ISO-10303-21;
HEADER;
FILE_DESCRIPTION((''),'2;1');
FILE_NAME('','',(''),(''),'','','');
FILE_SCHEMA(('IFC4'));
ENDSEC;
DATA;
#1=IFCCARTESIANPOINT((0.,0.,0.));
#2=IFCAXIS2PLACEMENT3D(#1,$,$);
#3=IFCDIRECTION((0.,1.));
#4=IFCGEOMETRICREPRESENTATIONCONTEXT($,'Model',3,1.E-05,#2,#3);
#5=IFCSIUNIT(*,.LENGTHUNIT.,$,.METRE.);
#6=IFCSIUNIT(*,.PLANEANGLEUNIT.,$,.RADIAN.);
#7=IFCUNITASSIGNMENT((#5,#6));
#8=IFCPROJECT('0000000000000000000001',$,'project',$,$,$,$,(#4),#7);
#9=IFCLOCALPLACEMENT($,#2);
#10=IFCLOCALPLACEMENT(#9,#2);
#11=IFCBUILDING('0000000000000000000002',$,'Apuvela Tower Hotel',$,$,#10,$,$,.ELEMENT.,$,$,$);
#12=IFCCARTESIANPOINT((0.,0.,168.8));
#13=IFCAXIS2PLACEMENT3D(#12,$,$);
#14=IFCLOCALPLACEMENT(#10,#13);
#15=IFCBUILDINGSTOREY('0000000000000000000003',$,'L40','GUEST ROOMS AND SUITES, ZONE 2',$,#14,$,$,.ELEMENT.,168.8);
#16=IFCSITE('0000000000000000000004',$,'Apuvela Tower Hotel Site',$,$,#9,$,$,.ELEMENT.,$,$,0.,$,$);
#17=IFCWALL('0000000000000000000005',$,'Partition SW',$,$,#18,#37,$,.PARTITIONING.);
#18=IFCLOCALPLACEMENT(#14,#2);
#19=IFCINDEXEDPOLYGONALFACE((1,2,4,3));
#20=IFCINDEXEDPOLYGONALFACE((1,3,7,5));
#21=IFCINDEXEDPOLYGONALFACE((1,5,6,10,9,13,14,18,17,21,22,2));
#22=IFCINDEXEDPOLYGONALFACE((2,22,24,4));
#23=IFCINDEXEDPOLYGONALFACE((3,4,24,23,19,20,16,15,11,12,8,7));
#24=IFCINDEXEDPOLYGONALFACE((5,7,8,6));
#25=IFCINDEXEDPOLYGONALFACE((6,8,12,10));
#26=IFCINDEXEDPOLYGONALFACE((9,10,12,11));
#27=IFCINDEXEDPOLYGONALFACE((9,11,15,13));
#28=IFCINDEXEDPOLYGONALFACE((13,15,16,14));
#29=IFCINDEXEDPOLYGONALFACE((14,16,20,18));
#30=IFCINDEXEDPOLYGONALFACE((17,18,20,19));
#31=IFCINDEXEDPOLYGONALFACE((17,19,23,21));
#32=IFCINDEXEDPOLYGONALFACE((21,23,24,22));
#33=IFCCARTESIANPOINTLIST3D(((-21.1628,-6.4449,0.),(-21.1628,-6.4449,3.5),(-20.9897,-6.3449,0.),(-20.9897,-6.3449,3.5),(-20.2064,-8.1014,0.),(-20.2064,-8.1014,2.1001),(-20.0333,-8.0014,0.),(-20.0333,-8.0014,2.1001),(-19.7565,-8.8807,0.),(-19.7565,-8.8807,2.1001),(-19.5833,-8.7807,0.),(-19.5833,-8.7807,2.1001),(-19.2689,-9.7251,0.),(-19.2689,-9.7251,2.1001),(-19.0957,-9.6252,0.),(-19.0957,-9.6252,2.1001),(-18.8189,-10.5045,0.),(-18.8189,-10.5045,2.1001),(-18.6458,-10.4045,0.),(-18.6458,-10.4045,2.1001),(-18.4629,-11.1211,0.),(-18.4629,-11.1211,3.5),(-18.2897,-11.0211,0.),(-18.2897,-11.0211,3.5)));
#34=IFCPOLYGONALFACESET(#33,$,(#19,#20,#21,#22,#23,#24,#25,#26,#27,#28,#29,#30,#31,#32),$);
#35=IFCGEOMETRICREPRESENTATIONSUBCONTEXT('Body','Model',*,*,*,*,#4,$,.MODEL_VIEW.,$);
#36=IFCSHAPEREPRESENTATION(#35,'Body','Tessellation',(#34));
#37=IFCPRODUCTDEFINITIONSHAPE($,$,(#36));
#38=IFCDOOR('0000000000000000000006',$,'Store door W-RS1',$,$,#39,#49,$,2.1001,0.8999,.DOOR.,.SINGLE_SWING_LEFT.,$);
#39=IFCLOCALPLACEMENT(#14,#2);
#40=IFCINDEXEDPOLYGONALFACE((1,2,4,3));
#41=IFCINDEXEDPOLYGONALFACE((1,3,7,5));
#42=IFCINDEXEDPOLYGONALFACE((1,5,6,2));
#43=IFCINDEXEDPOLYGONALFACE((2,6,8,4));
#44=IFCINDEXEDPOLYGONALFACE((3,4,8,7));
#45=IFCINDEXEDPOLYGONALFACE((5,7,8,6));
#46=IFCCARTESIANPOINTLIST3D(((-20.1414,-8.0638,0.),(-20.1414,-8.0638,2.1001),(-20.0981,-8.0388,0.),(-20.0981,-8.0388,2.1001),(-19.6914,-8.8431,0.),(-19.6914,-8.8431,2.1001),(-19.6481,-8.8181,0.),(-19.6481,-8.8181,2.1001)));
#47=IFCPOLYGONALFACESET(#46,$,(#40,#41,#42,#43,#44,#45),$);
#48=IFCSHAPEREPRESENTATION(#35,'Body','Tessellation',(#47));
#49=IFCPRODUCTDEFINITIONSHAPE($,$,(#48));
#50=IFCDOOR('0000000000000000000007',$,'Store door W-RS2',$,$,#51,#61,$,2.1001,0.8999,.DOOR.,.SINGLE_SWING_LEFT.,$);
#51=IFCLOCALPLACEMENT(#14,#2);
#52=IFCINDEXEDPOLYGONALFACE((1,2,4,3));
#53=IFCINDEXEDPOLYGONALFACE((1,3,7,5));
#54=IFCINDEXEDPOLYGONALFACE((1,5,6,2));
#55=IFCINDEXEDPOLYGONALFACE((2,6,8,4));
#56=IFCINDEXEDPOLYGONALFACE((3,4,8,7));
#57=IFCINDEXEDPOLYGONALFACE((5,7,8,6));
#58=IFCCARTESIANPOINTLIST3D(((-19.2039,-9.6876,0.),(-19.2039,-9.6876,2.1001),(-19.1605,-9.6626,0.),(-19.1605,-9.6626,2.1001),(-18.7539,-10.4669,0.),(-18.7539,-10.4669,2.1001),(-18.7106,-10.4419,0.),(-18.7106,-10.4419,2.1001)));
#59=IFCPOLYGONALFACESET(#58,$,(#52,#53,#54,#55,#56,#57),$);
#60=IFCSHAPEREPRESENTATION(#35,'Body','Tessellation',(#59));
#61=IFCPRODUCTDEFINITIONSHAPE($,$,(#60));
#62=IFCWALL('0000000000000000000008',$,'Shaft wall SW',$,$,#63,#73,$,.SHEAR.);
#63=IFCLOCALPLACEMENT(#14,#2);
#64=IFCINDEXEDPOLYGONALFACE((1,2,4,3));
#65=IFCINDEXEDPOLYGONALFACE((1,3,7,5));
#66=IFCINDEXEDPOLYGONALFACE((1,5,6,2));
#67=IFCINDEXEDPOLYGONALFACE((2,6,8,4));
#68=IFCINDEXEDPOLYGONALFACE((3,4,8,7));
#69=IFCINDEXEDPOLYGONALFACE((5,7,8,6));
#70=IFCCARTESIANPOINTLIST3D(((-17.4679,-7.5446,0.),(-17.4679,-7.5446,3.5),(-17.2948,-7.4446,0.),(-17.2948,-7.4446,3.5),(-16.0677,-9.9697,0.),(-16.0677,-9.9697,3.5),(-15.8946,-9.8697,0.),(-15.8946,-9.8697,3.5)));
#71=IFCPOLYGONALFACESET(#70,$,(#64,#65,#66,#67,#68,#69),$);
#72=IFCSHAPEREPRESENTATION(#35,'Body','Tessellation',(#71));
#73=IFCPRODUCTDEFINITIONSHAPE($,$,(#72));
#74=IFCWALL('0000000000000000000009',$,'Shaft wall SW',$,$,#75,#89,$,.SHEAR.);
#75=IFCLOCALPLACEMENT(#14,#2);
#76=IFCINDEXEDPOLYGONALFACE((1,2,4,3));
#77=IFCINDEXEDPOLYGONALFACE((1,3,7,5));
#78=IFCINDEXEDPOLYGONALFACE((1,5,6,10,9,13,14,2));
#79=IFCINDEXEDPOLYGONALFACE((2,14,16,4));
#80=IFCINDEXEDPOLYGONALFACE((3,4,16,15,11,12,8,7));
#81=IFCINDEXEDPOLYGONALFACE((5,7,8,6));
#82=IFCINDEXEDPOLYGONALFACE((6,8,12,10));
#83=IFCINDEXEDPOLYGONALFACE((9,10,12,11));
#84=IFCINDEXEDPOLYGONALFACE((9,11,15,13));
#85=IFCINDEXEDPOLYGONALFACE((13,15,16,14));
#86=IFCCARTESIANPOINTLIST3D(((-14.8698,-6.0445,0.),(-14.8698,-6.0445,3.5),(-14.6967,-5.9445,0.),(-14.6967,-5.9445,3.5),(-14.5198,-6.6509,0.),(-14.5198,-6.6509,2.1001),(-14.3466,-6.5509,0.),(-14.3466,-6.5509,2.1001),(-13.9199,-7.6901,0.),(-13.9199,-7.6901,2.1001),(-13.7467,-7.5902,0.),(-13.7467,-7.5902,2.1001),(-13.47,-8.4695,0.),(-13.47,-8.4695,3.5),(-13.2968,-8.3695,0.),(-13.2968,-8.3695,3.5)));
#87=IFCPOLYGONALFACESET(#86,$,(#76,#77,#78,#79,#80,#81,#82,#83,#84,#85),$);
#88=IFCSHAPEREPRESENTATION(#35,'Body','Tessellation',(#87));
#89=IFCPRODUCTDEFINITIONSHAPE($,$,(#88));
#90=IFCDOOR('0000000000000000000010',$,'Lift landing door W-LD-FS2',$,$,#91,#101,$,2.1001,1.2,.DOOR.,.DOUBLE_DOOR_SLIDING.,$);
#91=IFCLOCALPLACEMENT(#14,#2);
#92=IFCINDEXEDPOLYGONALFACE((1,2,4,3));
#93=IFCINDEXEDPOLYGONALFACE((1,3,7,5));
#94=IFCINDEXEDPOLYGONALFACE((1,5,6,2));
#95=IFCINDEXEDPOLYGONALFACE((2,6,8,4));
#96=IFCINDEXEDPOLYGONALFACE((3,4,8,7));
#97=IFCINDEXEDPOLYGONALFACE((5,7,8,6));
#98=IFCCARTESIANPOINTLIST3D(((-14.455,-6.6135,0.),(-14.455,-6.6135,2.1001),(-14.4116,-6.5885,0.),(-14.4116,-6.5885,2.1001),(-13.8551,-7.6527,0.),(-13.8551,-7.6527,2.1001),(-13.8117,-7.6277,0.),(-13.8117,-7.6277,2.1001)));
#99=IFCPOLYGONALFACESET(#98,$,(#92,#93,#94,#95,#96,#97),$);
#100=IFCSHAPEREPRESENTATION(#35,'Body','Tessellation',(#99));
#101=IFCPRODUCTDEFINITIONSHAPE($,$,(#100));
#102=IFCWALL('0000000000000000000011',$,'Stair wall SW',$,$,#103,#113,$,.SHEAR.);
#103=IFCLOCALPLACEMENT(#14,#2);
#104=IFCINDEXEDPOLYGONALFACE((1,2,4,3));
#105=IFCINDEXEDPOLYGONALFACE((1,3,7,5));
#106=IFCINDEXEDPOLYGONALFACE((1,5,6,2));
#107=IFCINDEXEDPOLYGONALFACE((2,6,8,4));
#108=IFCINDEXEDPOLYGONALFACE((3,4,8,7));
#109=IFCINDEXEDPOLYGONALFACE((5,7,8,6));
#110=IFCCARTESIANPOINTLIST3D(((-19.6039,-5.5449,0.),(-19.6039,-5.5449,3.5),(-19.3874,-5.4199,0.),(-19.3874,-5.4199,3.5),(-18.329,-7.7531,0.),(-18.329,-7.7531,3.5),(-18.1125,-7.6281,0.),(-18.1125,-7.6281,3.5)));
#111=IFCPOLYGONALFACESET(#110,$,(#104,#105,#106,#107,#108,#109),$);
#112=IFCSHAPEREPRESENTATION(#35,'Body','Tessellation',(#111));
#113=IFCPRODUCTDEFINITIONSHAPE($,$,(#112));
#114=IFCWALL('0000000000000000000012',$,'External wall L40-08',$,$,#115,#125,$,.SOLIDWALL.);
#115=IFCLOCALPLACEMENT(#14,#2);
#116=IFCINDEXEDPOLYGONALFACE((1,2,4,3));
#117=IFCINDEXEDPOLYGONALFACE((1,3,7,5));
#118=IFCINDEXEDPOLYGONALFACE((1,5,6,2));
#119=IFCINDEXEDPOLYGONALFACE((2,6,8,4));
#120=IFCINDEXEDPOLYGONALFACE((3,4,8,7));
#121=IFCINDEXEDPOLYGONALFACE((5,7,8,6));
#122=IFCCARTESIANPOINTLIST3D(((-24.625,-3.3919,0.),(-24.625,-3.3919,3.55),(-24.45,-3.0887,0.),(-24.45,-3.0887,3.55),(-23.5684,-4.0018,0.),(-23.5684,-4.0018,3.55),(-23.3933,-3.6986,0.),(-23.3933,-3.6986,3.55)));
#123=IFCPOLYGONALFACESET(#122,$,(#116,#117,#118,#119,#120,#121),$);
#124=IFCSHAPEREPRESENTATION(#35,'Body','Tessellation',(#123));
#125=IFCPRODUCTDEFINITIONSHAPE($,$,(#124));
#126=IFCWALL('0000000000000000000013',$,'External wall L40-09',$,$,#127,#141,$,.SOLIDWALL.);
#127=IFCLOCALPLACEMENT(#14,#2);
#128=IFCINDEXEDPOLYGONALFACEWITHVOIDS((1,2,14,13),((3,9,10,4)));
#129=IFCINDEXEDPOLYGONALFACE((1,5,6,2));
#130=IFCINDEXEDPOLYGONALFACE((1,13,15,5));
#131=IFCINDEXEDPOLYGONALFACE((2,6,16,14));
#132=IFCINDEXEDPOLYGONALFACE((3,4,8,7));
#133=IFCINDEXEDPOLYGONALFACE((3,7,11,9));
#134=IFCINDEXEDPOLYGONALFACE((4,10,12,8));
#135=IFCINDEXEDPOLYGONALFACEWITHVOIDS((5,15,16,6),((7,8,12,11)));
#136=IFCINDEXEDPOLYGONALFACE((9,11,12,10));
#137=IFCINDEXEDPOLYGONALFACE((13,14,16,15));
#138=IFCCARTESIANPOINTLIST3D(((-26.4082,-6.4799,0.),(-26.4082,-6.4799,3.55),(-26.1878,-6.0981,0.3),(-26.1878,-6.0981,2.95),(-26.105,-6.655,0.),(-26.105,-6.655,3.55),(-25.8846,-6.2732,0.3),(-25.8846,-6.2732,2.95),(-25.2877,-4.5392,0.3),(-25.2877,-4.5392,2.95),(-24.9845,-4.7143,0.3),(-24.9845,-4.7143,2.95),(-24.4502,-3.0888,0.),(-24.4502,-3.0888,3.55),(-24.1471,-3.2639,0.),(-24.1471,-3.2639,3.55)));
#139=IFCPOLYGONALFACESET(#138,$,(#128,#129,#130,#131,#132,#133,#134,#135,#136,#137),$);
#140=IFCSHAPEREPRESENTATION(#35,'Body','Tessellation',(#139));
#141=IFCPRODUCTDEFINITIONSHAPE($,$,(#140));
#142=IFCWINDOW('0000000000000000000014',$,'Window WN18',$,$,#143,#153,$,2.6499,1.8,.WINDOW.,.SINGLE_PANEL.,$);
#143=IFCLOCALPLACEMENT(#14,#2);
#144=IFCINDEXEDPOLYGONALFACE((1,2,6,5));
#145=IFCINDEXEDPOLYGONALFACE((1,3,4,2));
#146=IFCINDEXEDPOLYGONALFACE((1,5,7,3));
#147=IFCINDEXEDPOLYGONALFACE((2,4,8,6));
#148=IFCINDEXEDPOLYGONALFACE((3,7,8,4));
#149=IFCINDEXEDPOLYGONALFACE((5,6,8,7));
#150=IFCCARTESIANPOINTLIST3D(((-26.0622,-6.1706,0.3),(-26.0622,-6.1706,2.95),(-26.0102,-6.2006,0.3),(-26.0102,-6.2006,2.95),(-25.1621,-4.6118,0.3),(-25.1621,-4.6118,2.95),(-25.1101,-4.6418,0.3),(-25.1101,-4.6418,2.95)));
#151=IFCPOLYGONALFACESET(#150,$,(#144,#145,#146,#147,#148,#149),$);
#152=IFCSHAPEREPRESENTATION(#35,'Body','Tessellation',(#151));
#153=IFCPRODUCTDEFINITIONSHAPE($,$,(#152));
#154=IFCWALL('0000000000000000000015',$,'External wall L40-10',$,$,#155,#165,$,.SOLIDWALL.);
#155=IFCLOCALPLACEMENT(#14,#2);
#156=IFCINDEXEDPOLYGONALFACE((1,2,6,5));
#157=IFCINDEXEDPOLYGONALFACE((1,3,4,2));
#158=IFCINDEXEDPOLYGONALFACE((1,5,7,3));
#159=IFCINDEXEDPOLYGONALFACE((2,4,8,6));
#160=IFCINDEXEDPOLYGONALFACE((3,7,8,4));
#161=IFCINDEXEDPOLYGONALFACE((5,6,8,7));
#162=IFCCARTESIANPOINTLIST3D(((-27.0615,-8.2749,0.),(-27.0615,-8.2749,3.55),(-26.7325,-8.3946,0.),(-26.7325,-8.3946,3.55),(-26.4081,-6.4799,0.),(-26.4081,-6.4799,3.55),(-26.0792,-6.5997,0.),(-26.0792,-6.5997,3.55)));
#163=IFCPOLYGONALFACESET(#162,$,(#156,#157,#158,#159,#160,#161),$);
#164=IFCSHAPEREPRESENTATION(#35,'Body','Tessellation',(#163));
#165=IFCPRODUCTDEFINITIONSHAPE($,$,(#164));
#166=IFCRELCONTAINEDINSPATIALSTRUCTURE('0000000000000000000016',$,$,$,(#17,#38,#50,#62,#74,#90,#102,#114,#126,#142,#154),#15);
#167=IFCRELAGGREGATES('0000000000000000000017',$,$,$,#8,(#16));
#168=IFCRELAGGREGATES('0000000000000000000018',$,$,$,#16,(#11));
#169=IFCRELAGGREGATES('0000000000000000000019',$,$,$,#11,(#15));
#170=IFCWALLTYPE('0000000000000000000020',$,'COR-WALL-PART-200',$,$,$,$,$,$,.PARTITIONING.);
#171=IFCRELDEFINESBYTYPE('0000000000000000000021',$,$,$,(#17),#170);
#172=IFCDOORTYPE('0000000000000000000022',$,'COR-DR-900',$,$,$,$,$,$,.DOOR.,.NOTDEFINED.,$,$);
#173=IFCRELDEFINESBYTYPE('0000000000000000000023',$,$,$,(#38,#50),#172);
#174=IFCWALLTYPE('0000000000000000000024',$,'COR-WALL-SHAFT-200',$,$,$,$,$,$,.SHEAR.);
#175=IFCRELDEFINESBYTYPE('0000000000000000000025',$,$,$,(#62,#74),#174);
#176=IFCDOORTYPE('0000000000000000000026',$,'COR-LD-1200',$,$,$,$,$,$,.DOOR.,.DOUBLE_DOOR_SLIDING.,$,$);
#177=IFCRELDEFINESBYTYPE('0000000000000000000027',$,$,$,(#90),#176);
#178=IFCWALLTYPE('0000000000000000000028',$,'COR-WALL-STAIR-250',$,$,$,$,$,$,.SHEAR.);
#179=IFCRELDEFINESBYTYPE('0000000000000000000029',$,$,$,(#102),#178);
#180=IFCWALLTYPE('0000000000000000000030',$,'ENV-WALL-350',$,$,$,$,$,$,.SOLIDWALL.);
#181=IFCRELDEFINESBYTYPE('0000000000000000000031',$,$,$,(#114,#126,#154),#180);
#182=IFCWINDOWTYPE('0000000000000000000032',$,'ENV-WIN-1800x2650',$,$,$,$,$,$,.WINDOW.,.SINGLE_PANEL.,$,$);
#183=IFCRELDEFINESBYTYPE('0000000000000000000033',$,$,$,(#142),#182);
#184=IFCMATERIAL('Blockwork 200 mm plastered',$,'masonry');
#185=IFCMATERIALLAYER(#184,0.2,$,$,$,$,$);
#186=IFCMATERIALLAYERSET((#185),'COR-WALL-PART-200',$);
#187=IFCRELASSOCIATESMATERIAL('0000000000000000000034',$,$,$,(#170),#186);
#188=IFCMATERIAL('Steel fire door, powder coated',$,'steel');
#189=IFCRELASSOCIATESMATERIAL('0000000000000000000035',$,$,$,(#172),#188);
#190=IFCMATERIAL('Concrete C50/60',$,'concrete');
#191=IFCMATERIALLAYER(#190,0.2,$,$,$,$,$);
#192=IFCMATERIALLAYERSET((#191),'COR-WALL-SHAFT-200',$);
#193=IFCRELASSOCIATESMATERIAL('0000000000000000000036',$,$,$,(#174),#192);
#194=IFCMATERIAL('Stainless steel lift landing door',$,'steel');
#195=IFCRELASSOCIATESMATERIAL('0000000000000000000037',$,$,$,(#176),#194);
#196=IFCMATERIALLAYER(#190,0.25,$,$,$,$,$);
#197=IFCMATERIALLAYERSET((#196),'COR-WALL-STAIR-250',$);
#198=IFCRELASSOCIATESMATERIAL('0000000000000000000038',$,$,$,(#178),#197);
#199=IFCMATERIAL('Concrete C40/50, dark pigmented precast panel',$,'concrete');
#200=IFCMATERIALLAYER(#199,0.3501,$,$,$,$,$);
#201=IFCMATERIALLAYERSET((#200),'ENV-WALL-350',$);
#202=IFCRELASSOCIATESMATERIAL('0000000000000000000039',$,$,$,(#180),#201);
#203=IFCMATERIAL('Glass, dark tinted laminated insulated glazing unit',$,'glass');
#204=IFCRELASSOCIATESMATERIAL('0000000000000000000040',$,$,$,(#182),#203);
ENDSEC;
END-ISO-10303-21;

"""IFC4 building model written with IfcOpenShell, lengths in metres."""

from ifc_helpers import new_model, si_unit, direction, frame, frame_2d, origin, place, context, subcontext, project, spatial, rectangle, extrude, material, layer, layer_set, type_object, element, fill, save


model = new_model("IFC4")

# Units and contexts
model_context = context("Model", 3, precision=1e-05, world=origin(), true_north=direction((0.0, 1.0)))
body_context = subcontext(model_context, "Body", "Model", "MODEL_VIEW")
ifc_project = project(units=[si_unit("LENGTHUNIT", "METRE"), si_unit("PLANEANGLEUNIT", "RADIAN")], contexts=[model_context])

# Site, building, storey
site_placement = place(None, origin())
site = spatial("IfcSite", under=ifc_project, at=site_placement, Name="Apuvela Tower Hotel Site", CompositionType="ELEMENT", RefElevation=0.0)
building_placement = place(site_placement, origin())
building = spatial("IfcBuilding", under=site, at=building_placement, Name="Apuvela Tower Hotel", CompositionType="ELEMENT")
storey_placement = place(building_placement, frame((0.0, 0.0, 168.8)))
storey = spatial("IfcBuildingStorey", under=building, at=storey_placement, Name="L40", Description="GUEST ROOMS AND SUITES, ZONE 2", CompositionType="ELEMENT", Elevation=168.8)

# Wall, openings, doors
ifc_material_1 = material(Name="Blockwork 200 mm plastered", Category="masonry")
ifc_layer_1 = layer(ifc_material_1, 0.2)
ifc_layer_set_1 = layer_set([ifc_layer_1], Name="COR-WALL-PART-200")
wall_type_1 = type_object("IfcWallType", Name="COR-WALL-PART-200", PredefinedType="PARTITIONING", material=ifc_layer_set_1)
wall_1_placement = place(storey_placement, frame((-21.0762, -6.395, 0.0), z_axis=(0.0, 0.0, 1.0), x_axis=(0.500015, -0.866017, 0.0)))
wall_1 = element("IfcWall", 1, at=wall_1_placement, inside=storey, type_object=wall_type_1, Name="Partition SW", PredefinedType="PARTITIONING", context=body_context, shape_type="SweptSolid", body=[
    extrude(rectangle(XDim=5.3997, YDim=0.2, at=frame_2d((2.6997, 0.0))), origin(), (0.0, 0.0, 1.0), 3.5),
])
opening_1_placement = place(wall_1_placement, frame((1.9126, 0.0, 0.0)))
opening_1 = element("IfcOpeningElement", 2, at=opening_1_placement, cuts=wall_1, PredefinedType="OPENING", context=body_context, shape_type="SweptSolid", body=[
    extrude(rectangle(XDim=0.8999, YDim=2.1001, at=frame_2d((0.45, 1.05))), frame((0.0, 0.1099, 0.0), z_axis=(0.0, -1.0, 0.0), x_axis=(1.0, 0.0, 0.0)), (0.0, 0.0, 1.0), 0.22),
])
opening_2_placement = place(wall_1_placement, frame((3.7876, 0.0, 0.0)))
opening_2 = element("IfcOpeningElement", 3, at=opening_2_placement, cuts=wall_1, PredefinedType="OPENING", context=body_context, shape_type="SweptSolid", body=[
    extrude(rectangle(XDim=0.8999, YDim=2.1001, at=frame_2d((0.45, 1.05))), frame((0.0, 0.1099, 0.0), z_axis=(0.0, -1.0, 0.0), x_axis=(1.0, 0.0, 0.0)), (0.0, 0.0, 1.0), 0.22),
])
ifc_material_2 = material(Name="Steel fire door, powder coated", Category="steel")
door_type_1 = type_object("IfcDoorType", Name="COR-DR-900", OperationType="NOTDEFINED", PredefinedType="DOOR", material=ifc_material_2)
door_1_placement = place(opening_1_placement, frame((0.8999, 0.0, 0.0), z_axis=(0.0, 0.0, 1.0), x_axis=(-1.0, 0.0, 0.0)))
door_1 = element("IfcDoor", 4, at=door_1_placement, inside=storey, type_object=door_type_1, Name="Store door W-RS1", OperationType="SINGLE_SWING_LEFT", OverallHeight=2.1001, OverallWidth=0.8999, PredefinedType="DOOR", context=body_context, shape_type="SweptSolid", body=[
    extrude(rectangle(XDim=0.8999, YDim=2.1001, at=frame_2d((0.45, 1.05))), frame((0.0, 0.0249, 0.0), z_axis=(0.0, -1.0, 0.0), x_axis=(1.0, 0.0, 0.0)), (0.0, 0.0, 1.0), 0.05),
])
fill(opening_1, door_1)
door_2_placement = place(opening_2_placement, frame((0.8999, 0.0, 0.0), z_axis=(0.0, 0.0, 1.0), x_axis=(-1.0, 0.0, 0.0)))
door_2 = element("IfcDoor", 5, at=door_2_placement, inside=storey, type_object=door_type_1, Name="Store door W-RS2", OperationType="SINGLE_SWING_LEFT", OverallHeight=2.1001, OverallWidth=0.8999, PredefinedType="DOOR", context=body_context, shape_type="SweptSolid", body=[
    extrude(rectangle(XDim=0.8999, YDim=2.1001, at=frame_2d((0.45, 1.05))), frame((0.0, 0.0249, 0.0), z_axis=(0.0, -1.0, 0.0), x_axis=(1.0, 0.0, 0.0)), (0.0, 0.0, 1.0), 0.05),
])
fill(opening_2, door_2)

# Wall
ifc_material_3 = material(Name="Concrete C50/60", Category="concrete")
ifc_layer_2 = layer(ifc_material_3, 0.2)
ifc_layer_set_2 = layer_set([ifc_layer_2], Name="COR-WALL-SHAFT-200")
wall_type_2 = type_object("IfcWallType", Name="COR-WALL-SHAFT-200", PredefinedType="SHEAR", material=ifc_layer_set_2)
wall_2_placement = place(storey_placement, frame((-17.3813, -7.4946, 0.0), z_axis=(0.0, 0.0, 1.0), x_axis=(0.500012, -0.866019, 0.0)))
element("IfcWall", 6, at=wall_2_placement, inside=storey, type_object=wall_type_2, Name="Shaft wall SW", PredefinedType="SHEAR", context=body_context, shape_type="SweptSolid", body=[
    extrude(rectangle(XDim=2.8003, YDim=0.2, at=frame_2d((1.4001, 0.0))), origin(), (0.0, 0.0, 1.0), 3.5),
])

# Wall, opening, door
wall_3_placement = place(storey_placement, frame((-14.7832, -5.9946, 0.0), z_axis=(0.0, 0.0, 1.0), x_axis=(0.499946, -0.866056, 0.0)))
wall_3 = element("IfcWall", 7, at=wall_3_placement, inside=storey, type_object=wall_type_2, Name="Shaft wall SW", PredefinedType="SHEAR", context=body_context, shape_type="SweptSolid", body=[
    extrude(rectangle(XDim=2.8, YDim=0.2, at=frame_2d((1.3999, 0.0))), origin(), (0.0, 0.0, 1.0), 3.5),
])
opening_3_placement = place(wall_3_placement, frame((0.7, 0.0, 0.0)))
opening_3 = element("IfcOpeningElement", 8, at=opening_3_placement, cuts=wall_3, PredefinedType="OPENING", context=body_context, shape_type="SweptSolid", body=[
    extrude(rectangle(XDim=1.2, YDim=2.1001, at=frame_2d((0.6001, 1.05))), frame((0.0, 0.1099, 0.0), z_axis=(0.0, -1.0, 0.0), x_axis=(1.0, 0.0, 0.0)), (0.0, 0.0, 1.0), 0.22),
])
ifc_material_4 = material(Name="Stainless steel lift landing door", Category="steel")
door_type_2 = type_object("IfcDoorType", Name="COR-LD-1200", OperationType="DOUBLE_DOOR_SLIDING", PredefinedType="DOOR", material=ifc_material_4)
door_3_placement = place(opening_3_placement, origin())
door_3 = element("IfcDoor", 9, at=door_3_placement, inside=storey, type_object=door_type_2, Name="Lift landing door W-LD-FS2", OperationType="DOUBLE_DOOR_SLIDING", OverallHeight=2.1001, OverallWidth=1.2, PredefinedType="DOOR", context=body_context, shape_type="SweptSolid", body=[
    extrude(rectangle(XDim=1.2, YDim=2.1001, at=frame_2d((0.6001, 1.05))), frame((0.0, 0.0249, 0.0), z_axis=(0.0, -1.0, 0.0), x_axis=(1.0, 0.0, 0.0)), (0.0, 0.0, 1.0), 0.05),
])
fill(opening_3, door_3)

# Walls
ifc_layer_3 = layer(ifc_material_3, 0.25)
ifc_layer_set_3 = layer_set([ifc_layer_3], Name="COR-WALL-STAIR-250")
wall_type_3 = type_object("IfcWallType", Name="COR-WALL-STAIR-250", PredefinedType="SHEAR", material=ifc_layer_set_3)
wall_4_placement = place(storey_placement, frame((-19.4956, -5.4824, 0.0), z_axis=(0.0, 0.0, 1.0), x_axis=(0.49999, -0.866031, 0.0)))
element("IfcWall", 10, at=wall_4_placement, inside=storey, type_object=wall_type_3, Name="Stair wall SW", PredefinedType="SHEAR", context=body_context, shape_type="SweptSolid", body=[
    extrude(rectangle(XDim=2.5498, YDim=0.25, at=frame_2d((1.2749, 0.0))), origin(), (0.0, 0.0, 1.0), 3.5),
])
ifc_material_5 = material(Name="Concrete C40/50, dark pigmented precast panel", Category="concrete")
ifc_layer_4 = layer(ifc_material_5, 0.3501)
ifc_layer_set_4 = layer_set([ifc_layer_4], Name="ENV-WALL-350")
wall_type_4 = type_object("IfcWallType", Name="ENV-WALL-350", PredefinedType="SOLIDWALL", material=ifc_layer_set_4)
wall_5_placement = place(storey_placement, frame((-23.481, -3.8501, 0.0), z_axis=(0.0, 0.0, 1.0), x_axis=(-0.866092, 0.499884, 0.0)))
element("IfcWall", 11, at=wall_5_placement, inside=storey, type_object=wall_type_4, Name="External wall L40-08", PredefinedType="SOLIDWALL", context=body_context, shape_type="SweptSolid", body=[
    extrude(rectangle(XDim=1.22, YDim=0.3501, at=frame_2d((0.6099, 0.0))), origin(), (0.0, 0.0, 1.0), 3.55),
])

# Wall, opening, window
wall_6_placement = place(storey_placement, frame((-24.2986, -3.1763, 0.0), z_axis=(0.0, 0.0, 1.0), x_axis=(-0.500028, -0.866009, 0.0)))
wall_6 = element("IfcWall", 12, at=wall_6_placement, inside=storey, type_object=wall_type_4, Name="External wall L40-09", PredefinedType="SOLIDWALL", context=body_context, shape_type="SweptSolid", body=[
    extrude(rectangle(XDim=3.9158, YDim=0.3501, at=frame_2d((1.958, 0.0))), origin(), (0.0, 0.0, 1.0), 3.55),
])
opening_4_placement = place(wall_6_placement, frame((1.675, 0.0, 0.3)))
opening_4 = element("IfcOpeningElement", 13, at=opening_4_placement, cuts=wall_6, PredefinedType="OPENING", context=body_context, shape_type="SweptSolid", body=[
    extrude(rectangle(XDim=1.8, YDim=2.6499, at=frame_2d((0.8999, 1.325))), frame((0.0, 0.1851, 0.0), z_axis=(0.0, -1.0, 0.0), x_axis=(1.0, 0.0, 0.0)), (0.0, 0.0, 1.0), 0.3701),
])
ifc_material_6 = material(Name="Glass, dark tinted laminated insulated glazing unit", Category="glass")
window_type = type_object("IfcWindowType", Name="ENV-WIN-1800x2650", PartitioningType="SINGLE_PANEL", PredefinedType="WINDOW", material=ifc_material_6)
window_placement = place(opening_4_placement, origin())
window = element("IfcWindow", 14, at=window_placement, inside=storey, type_object=window_type, Name="Window WN18", OverallHeight=2.6499, OverallWidth=1.8, PartitioningType="SINGLE_PANEL", PredefinedType="WINDOW", context=body_context, shape_type="SweptSolid", body=[
    extrude(rectangle(XDim=1.8, YDim=2.6499, at=frame_2d((0.8999, 1.325))), frame((0.0, 0.03, 0.0), z_axis=(0.0, -1.0, 0.0), x_axis=(1.0, 0.0, 0.0)), (0.0, 0.0, 1.0), 0.0601),
])
fill(opening_4, window)

# Wall
for number, where, z_axis, x_axis, name in (
    (15, (-26.2437, -6.5398, 0.0), (0.0, 0.0, 1.0), (-0.34203, -0.939689, 0.0), "External wall L40-10"),
):
    element("IfcWall", number, at=place(storey_placement, frame(where, z_axis=z_axis, x_axis=x_axis)), inside=storey, type_object=wall_type_4, Name=name, PredefinedType="SOLIDWALL", context=body_context, shape_type="SweptSolid", body=[
        extrude(rectangle(XDim=1.9102, YDim=0.3501, at=frame_2d((0.9551, 0.0))), origin(), (0.0, 0.0, 1.0), 3.55),
    ])

save(model, "model.ifc")
